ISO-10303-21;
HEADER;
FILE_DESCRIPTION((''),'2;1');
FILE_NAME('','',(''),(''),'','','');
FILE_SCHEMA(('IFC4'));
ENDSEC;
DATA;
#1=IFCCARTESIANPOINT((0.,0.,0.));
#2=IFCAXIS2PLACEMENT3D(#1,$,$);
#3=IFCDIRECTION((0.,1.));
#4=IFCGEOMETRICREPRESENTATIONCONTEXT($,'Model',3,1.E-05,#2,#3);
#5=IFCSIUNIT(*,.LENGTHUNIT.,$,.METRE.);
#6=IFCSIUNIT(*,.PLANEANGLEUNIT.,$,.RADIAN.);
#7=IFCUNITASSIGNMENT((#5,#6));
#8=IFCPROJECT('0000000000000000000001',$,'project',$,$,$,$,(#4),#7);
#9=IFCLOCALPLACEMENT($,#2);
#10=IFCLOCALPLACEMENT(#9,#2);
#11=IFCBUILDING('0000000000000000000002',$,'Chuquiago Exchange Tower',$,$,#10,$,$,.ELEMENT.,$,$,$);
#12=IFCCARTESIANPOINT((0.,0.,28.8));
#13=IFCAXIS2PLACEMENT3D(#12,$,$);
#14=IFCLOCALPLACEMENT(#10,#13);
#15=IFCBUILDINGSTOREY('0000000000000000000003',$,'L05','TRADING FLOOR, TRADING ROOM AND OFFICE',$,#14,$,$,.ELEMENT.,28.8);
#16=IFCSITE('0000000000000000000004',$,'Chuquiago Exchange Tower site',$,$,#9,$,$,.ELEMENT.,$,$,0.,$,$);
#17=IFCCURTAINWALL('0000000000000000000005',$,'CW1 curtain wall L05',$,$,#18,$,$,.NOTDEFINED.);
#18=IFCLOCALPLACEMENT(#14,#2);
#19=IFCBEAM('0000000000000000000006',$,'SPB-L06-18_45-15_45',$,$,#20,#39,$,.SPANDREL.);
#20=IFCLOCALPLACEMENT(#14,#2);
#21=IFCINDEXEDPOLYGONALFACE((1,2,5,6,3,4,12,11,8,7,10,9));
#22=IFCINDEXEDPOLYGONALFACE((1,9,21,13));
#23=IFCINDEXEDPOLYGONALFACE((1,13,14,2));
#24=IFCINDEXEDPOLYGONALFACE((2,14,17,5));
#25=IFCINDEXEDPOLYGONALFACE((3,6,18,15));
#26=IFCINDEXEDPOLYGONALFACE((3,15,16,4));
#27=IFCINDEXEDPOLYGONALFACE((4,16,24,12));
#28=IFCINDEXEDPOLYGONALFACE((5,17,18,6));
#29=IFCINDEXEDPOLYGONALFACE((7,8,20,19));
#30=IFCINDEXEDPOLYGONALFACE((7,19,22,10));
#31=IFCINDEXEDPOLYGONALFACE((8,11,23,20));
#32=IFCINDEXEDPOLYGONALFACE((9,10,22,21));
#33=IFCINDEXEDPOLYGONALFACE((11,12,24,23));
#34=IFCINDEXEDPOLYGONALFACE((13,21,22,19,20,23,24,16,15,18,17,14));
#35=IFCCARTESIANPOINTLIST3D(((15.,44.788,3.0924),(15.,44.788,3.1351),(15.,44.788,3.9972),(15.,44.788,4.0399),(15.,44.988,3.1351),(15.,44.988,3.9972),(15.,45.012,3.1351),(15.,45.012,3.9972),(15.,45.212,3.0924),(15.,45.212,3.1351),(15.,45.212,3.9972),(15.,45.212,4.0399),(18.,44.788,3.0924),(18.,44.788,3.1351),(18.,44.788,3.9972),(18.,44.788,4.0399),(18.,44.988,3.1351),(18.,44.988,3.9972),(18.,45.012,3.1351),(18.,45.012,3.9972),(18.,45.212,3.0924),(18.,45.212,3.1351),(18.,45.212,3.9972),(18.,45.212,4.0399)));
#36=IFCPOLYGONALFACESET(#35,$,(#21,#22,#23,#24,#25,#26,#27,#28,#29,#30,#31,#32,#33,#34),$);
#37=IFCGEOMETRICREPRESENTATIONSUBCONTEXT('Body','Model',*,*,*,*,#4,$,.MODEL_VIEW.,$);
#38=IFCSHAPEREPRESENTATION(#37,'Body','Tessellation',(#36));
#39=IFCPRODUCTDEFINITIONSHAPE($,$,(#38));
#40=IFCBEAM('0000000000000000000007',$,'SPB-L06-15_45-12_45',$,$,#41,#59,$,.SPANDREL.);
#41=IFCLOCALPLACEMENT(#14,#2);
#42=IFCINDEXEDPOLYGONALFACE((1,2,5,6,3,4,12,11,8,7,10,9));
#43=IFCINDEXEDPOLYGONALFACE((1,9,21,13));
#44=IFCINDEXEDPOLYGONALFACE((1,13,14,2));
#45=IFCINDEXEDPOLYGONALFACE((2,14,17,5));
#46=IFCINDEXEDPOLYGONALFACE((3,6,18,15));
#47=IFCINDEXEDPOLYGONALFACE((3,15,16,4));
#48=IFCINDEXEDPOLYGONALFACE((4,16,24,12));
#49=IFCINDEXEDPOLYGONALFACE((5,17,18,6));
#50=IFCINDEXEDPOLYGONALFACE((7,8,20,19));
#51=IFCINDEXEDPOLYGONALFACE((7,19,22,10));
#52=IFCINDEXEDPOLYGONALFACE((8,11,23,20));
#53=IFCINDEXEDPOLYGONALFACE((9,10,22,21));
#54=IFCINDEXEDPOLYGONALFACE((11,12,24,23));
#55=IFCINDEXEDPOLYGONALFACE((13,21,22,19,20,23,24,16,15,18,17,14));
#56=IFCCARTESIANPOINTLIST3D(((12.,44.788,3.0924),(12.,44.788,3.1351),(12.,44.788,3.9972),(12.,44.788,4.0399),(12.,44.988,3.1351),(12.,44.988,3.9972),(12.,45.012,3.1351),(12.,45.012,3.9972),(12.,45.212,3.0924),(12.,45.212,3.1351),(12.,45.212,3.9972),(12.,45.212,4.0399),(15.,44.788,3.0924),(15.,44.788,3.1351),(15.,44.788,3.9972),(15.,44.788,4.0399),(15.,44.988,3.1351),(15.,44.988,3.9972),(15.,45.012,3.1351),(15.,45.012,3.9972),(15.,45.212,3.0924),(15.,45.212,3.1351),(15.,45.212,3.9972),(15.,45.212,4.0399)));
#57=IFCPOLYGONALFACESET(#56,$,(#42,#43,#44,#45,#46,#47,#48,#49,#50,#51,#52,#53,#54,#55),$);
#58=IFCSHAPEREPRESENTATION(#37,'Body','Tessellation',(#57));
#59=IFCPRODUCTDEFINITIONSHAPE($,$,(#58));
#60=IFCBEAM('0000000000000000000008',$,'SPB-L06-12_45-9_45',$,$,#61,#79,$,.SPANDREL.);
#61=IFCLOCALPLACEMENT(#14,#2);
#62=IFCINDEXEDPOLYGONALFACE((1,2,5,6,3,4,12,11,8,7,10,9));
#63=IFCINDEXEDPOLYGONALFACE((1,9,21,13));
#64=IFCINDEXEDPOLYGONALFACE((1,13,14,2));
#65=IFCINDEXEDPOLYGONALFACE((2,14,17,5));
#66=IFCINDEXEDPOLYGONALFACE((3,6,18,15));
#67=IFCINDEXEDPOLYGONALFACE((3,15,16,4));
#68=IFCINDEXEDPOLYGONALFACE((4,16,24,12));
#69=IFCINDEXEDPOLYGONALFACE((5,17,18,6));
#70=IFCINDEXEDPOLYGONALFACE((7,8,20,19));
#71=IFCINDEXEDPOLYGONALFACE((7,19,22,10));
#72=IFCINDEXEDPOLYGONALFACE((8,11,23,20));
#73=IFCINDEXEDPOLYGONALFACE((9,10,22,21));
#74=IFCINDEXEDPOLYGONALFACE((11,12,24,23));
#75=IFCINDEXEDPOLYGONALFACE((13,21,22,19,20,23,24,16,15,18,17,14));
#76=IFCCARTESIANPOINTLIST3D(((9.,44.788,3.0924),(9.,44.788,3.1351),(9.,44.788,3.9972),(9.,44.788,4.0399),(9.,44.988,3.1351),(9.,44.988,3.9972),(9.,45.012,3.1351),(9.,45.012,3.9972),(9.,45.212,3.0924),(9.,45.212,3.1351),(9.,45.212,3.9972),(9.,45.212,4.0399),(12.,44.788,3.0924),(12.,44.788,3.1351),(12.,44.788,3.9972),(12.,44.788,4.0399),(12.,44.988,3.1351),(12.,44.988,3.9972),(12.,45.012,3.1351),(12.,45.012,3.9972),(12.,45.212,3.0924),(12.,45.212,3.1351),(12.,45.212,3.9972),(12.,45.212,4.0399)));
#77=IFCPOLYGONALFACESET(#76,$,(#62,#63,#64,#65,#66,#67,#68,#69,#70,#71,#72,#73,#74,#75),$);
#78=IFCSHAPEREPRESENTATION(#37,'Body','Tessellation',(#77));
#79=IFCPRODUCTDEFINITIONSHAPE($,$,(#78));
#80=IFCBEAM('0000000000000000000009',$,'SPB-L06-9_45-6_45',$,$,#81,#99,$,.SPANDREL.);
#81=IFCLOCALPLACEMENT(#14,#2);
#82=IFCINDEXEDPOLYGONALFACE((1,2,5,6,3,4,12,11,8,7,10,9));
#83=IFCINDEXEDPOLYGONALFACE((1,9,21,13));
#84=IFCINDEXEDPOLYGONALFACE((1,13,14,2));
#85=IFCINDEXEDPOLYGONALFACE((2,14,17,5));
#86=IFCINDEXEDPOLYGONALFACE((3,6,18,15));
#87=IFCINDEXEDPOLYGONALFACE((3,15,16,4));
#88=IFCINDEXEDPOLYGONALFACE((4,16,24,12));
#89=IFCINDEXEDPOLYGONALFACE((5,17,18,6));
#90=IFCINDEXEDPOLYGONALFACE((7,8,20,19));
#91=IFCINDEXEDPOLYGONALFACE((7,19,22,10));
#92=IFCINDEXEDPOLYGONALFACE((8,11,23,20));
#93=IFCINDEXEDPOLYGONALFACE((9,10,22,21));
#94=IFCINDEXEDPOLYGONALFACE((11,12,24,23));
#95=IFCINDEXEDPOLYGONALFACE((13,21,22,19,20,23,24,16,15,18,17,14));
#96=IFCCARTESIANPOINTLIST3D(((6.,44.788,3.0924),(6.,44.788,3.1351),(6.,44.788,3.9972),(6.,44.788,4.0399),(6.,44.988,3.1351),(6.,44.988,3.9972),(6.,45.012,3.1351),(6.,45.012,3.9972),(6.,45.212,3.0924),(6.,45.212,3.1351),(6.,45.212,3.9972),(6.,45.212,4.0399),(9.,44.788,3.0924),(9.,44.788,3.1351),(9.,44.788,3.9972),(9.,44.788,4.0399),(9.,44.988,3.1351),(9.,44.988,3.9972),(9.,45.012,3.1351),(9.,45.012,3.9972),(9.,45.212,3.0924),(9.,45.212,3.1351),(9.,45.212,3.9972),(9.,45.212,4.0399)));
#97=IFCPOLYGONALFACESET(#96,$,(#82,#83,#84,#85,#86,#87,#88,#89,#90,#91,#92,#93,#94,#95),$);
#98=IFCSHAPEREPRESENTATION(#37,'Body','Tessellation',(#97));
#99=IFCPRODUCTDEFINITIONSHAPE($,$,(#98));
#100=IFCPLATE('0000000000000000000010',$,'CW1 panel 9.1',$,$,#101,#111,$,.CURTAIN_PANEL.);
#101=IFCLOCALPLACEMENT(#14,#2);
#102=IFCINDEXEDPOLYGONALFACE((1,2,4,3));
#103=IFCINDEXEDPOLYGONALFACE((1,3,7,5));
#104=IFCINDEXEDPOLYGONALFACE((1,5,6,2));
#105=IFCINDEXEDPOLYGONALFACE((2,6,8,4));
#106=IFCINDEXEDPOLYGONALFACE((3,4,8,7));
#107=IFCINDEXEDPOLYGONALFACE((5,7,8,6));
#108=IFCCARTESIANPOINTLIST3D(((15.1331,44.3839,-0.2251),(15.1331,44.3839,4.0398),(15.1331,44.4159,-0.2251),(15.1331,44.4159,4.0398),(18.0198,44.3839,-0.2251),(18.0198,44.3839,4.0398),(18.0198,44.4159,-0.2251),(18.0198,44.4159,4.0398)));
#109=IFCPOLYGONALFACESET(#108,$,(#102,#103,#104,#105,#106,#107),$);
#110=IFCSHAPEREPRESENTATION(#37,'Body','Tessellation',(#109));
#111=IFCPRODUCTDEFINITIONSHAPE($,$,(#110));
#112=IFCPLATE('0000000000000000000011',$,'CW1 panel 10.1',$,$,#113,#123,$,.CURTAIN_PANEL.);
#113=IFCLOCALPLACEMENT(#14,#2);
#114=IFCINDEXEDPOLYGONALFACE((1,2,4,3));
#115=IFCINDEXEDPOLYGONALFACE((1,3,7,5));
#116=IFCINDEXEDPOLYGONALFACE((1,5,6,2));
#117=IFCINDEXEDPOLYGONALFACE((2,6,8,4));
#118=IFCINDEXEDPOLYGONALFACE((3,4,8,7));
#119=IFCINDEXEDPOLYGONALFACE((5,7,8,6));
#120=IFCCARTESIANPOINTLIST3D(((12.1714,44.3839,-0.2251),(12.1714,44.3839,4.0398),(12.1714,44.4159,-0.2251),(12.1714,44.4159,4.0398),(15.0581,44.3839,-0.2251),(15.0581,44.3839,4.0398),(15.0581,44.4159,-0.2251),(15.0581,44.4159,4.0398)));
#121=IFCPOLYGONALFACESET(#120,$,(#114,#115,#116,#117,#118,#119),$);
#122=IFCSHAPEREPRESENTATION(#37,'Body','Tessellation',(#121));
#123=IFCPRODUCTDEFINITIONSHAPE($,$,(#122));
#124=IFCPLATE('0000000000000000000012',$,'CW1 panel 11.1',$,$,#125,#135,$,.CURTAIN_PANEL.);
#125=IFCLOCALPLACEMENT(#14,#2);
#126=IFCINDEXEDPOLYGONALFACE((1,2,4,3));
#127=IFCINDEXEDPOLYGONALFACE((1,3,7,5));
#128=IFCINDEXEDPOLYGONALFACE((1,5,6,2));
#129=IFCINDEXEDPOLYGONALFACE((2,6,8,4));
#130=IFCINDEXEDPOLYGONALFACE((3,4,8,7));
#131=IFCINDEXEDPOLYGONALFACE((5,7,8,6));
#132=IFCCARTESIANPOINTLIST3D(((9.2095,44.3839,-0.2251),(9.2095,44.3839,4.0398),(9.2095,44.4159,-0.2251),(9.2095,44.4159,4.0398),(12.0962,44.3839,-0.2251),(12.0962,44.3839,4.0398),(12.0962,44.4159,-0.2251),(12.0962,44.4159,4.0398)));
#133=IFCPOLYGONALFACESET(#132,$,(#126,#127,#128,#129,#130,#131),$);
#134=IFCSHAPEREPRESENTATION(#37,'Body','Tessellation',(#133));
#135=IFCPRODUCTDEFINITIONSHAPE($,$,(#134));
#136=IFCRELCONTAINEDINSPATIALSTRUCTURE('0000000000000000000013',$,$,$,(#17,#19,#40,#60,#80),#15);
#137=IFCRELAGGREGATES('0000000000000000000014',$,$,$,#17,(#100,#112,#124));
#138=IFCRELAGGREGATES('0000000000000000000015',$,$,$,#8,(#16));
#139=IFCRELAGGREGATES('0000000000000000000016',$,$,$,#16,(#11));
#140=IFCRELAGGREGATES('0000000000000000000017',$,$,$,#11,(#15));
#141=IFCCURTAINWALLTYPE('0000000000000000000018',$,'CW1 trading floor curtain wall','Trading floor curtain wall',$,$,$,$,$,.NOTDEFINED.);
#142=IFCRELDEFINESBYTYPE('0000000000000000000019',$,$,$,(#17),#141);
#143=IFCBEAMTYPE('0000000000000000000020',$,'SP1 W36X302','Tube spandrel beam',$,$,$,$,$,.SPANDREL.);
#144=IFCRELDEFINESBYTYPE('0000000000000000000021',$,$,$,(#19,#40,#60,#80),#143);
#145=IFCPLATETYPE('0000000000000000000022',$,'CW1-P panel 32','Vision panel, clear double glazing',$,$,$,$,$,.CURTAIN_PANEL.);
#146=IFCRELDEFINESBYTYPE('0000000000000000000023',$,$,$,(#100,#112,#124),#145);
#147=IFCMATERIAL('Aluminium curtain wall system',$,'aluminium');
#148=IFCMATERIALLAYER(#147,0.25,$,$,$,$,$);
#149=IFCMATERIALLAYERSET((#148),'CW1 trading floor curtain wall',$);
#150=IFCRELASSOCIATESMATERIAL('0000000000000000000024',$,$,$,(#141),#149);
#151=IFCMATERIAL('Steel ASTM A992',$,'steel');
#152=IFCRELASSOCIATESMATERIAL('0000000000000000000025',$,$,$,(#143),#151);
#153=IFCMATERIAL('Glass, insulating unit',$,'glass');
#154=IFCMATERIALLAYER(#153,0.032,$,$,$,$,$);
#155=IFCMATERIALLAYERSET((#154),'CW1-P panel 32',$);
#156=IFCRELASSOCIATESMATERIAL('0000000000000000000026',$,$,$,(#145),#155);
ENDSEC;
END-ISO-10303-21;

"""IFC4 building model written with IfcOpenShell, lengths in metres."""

from ifc_helpers import new_model, si_unit, direction, frame, origin, origin_2d, place, context, subcontext, project, spatial, rectangle, i_section, extrude, material, layer, layer_set, material_profile, profile_set, type_object, element, aggregate, save


model = new_model("IFC4")

# Units and contexts
model_context = context("Model", 3, precision=1e-05, world=origin(), true_north=direction((0.0, 1.0)))
body_context = subcontext(model_context, "Body", "Model", "MODEL_VIEW")
ifc_project = project(units=[si_unit("LENGTHUNIT", "METRE"), si_unit("PLANEANGLEUNIT", "RADIAN")], contexts=[model_context])

# Site, building, storey
site_placement = place(None, origin())
site = spatial("IfcSite", under=ifc_project, at=site_placement, Name="Chuquiago Exchange Tower site", CompositionType="ELEMENT", RefElevation=0.0)
building_placement = place(site_placement, origin())
building = spatial("IfcBuilding", under=site, at=building_placement, Name="Chuquiago Exchange Tower", CompositionType="ELEMENT")
storey_placement = place(building_placement, frame((0.0, 0.0, 28.8)))
storey = spatial("IfcBuildingStorey", under=building, at=storey_placement, Name="L05", Description="TRADING FLOOR, TRADING ROOM AND OFFICE", CompositionType="ELEMENT", Elevation=28.8)

# Curtain wall
ifc_material_1 = material(Name="Aluminium curtain wall system", Category="aluminium")
ifc_layer_1 = layer(ifc_material_1, 0.25)
ifc_layer_set_1 = layer_set([ifc_layer_1], Name="CW1 trading floor curtain wall")
curtain_wall_type = type_object("IfcCurtainWallType", Name="CW1 trading floor curtain wall", Description="Trading floor curtain wall", PredefinedType="NOTDEFINED", material=ifc_layer_set_1)
curtain_wall_placement = place(storey_placement, origin())
curtain_wall = element("IfcCurtainWall", 1, at=curtain_wall_placement, inside=storey, type_object=curtain_wall_type, Name="CW1 curtain wall L05", PredefinedType="NOTDEFINED")

# Beams
ifc_material_2 = material(Name="Steel ASTM A992", Category="steel")
ifc_material_profile_1 = material_profile(ifc_material_2, i_section(OverallWidth=0.4241, OverallDepth=0.9475, WebThickness=0.0239, FlangeThickness=0.0427, at=origin_2d()), Name="W36X302")
ifc_profile_set_1 = profile_set([ifc_material_profile_1], Name="Steel ASTM A992")
beam_type = type_object("IfcBeamType", Name="SP1 W36X302", Description="Tube spandrel beam", PredefinedType="SPANDREL", material=ifc_profile_set_1)
for number, where, z_axis, x_axis, name in (
    (2, (18.0, 45.0, 3.5662), (-1.0, 0.0, 0.0), (0.0, -1.0, 0.0), "SPB-L06-18_45-15_45"),
    (3, (15.0, 45.0, 3.5662), (-1.0, 0.0, 0.0), (0.0, -1.0, 0.0), "SPB-L06-15_45-12_45"),
    (4, (12.0, 45.0, 3.5662), (-1.0, 0.0, 0.0), (0.0, -1.0, 0.0), "SPB-L06-12_45-9_45"),
    (5, (9.0, 45.0, 3.5662), (-1.0, 0.0, 0.0), (0.0, -1.0, 0.0), "SPB-L06-9_45-6_45"),
):
    element("IfcBeam", number, at=place(storey_placement, frame(where, z_axis=z_axis, x_axis=x_axis)), inside=storey, type_object=beam_type, Name=name, PredefinedType="SPANDREL", context=body_context, shape_type="SweptSolid", body=[
        extrude(i_section(OverallWidth=0.4241, OverallDepth=0.9475, WebThickness=0.0239, FlangeThickness=0.0427, at=origin_2d()), origin(), (0.0, 0.0, 1.0), 3.0),
    ])

# Plates
ifc_material_3 = material(Name="Glass, insulating unit", Category="glass")
ifc_layer_2 = layer(ifc_material_3, 0.032)
ifc_layer_set_2 = layer_set([ifc_layer_2], Name="CW1-P panel 32")
plate_type = type_object("IfcPlateType", Name="CW1-P panel 32", Description="Vision panel, clear double glazing", PredefinedType="CURTAIN_PANEL", material=ifc_layer_set_2)
plate_1_placement = place(storey_placement, frame((16.5764, 44.3999, -0.2251), z_axis=(0.0, 0.0, 1.0), x_axis=(-1.0, 0.0, 0.0)))
plate_1 = element("IfcPlate", 6, at=plate_1_placement, type_object=plate_type, Name="CW1 panel 9.1", PredefinedType="CURTAIN_PANEL", context=body_context, shape_type="SweptSolid", body=[
    extrude(rectangle(XDim=2.8867, YDim=0.032, at=origin_2d()), origin(), (0.0, 0.0, 1.0), 4.2649),
])
plate_2_placement = place(storey_placement, frame((13.6147, 44.3999, -0.2251), z_axis=(0.0, 0.0, 1.0), x_axis=(-1.0, 0.0, 0.0)))
plate_2 = element("IfcPlate", 7, at=plate_2_placement, type_object=plate_type, Name="CW1 panel 10.1", PredefinedType="CURTAIN_PANEL", context=body_context, shape_type="SweptSolid", body=[
    extrude(rectangle(XDim=2.8867, YDim=0.032, at=origin_2d()), origin(), (0.0, 0.0, 1.0), 4.2649),
])
plate_3_placement = place(storey_placement, frame((10.6528, 44.3999, -0.2251), z_axis=(0.0, 0.0, 1.0), x_axis=(-1.0, 0.0, 0.0)))
plate_3 = element("IfcPlate", 8, at=plate_3_placement, type_object=plate_type, Name="CW1 panel 11.1", PredefinedType="CURTAIN_PANEL", context=body_context, shape_type="SweptSolid", body=[
    extrude(rectangle(XDim=2.8867, YDim=0.032, at=origin_2d()), origin(), (0.0, 0.0, 1.0), 4.2649),
])
aggregate(curtain_wall, [plate_1, plate_2, plate_3])

save(model, "model.ifc")
